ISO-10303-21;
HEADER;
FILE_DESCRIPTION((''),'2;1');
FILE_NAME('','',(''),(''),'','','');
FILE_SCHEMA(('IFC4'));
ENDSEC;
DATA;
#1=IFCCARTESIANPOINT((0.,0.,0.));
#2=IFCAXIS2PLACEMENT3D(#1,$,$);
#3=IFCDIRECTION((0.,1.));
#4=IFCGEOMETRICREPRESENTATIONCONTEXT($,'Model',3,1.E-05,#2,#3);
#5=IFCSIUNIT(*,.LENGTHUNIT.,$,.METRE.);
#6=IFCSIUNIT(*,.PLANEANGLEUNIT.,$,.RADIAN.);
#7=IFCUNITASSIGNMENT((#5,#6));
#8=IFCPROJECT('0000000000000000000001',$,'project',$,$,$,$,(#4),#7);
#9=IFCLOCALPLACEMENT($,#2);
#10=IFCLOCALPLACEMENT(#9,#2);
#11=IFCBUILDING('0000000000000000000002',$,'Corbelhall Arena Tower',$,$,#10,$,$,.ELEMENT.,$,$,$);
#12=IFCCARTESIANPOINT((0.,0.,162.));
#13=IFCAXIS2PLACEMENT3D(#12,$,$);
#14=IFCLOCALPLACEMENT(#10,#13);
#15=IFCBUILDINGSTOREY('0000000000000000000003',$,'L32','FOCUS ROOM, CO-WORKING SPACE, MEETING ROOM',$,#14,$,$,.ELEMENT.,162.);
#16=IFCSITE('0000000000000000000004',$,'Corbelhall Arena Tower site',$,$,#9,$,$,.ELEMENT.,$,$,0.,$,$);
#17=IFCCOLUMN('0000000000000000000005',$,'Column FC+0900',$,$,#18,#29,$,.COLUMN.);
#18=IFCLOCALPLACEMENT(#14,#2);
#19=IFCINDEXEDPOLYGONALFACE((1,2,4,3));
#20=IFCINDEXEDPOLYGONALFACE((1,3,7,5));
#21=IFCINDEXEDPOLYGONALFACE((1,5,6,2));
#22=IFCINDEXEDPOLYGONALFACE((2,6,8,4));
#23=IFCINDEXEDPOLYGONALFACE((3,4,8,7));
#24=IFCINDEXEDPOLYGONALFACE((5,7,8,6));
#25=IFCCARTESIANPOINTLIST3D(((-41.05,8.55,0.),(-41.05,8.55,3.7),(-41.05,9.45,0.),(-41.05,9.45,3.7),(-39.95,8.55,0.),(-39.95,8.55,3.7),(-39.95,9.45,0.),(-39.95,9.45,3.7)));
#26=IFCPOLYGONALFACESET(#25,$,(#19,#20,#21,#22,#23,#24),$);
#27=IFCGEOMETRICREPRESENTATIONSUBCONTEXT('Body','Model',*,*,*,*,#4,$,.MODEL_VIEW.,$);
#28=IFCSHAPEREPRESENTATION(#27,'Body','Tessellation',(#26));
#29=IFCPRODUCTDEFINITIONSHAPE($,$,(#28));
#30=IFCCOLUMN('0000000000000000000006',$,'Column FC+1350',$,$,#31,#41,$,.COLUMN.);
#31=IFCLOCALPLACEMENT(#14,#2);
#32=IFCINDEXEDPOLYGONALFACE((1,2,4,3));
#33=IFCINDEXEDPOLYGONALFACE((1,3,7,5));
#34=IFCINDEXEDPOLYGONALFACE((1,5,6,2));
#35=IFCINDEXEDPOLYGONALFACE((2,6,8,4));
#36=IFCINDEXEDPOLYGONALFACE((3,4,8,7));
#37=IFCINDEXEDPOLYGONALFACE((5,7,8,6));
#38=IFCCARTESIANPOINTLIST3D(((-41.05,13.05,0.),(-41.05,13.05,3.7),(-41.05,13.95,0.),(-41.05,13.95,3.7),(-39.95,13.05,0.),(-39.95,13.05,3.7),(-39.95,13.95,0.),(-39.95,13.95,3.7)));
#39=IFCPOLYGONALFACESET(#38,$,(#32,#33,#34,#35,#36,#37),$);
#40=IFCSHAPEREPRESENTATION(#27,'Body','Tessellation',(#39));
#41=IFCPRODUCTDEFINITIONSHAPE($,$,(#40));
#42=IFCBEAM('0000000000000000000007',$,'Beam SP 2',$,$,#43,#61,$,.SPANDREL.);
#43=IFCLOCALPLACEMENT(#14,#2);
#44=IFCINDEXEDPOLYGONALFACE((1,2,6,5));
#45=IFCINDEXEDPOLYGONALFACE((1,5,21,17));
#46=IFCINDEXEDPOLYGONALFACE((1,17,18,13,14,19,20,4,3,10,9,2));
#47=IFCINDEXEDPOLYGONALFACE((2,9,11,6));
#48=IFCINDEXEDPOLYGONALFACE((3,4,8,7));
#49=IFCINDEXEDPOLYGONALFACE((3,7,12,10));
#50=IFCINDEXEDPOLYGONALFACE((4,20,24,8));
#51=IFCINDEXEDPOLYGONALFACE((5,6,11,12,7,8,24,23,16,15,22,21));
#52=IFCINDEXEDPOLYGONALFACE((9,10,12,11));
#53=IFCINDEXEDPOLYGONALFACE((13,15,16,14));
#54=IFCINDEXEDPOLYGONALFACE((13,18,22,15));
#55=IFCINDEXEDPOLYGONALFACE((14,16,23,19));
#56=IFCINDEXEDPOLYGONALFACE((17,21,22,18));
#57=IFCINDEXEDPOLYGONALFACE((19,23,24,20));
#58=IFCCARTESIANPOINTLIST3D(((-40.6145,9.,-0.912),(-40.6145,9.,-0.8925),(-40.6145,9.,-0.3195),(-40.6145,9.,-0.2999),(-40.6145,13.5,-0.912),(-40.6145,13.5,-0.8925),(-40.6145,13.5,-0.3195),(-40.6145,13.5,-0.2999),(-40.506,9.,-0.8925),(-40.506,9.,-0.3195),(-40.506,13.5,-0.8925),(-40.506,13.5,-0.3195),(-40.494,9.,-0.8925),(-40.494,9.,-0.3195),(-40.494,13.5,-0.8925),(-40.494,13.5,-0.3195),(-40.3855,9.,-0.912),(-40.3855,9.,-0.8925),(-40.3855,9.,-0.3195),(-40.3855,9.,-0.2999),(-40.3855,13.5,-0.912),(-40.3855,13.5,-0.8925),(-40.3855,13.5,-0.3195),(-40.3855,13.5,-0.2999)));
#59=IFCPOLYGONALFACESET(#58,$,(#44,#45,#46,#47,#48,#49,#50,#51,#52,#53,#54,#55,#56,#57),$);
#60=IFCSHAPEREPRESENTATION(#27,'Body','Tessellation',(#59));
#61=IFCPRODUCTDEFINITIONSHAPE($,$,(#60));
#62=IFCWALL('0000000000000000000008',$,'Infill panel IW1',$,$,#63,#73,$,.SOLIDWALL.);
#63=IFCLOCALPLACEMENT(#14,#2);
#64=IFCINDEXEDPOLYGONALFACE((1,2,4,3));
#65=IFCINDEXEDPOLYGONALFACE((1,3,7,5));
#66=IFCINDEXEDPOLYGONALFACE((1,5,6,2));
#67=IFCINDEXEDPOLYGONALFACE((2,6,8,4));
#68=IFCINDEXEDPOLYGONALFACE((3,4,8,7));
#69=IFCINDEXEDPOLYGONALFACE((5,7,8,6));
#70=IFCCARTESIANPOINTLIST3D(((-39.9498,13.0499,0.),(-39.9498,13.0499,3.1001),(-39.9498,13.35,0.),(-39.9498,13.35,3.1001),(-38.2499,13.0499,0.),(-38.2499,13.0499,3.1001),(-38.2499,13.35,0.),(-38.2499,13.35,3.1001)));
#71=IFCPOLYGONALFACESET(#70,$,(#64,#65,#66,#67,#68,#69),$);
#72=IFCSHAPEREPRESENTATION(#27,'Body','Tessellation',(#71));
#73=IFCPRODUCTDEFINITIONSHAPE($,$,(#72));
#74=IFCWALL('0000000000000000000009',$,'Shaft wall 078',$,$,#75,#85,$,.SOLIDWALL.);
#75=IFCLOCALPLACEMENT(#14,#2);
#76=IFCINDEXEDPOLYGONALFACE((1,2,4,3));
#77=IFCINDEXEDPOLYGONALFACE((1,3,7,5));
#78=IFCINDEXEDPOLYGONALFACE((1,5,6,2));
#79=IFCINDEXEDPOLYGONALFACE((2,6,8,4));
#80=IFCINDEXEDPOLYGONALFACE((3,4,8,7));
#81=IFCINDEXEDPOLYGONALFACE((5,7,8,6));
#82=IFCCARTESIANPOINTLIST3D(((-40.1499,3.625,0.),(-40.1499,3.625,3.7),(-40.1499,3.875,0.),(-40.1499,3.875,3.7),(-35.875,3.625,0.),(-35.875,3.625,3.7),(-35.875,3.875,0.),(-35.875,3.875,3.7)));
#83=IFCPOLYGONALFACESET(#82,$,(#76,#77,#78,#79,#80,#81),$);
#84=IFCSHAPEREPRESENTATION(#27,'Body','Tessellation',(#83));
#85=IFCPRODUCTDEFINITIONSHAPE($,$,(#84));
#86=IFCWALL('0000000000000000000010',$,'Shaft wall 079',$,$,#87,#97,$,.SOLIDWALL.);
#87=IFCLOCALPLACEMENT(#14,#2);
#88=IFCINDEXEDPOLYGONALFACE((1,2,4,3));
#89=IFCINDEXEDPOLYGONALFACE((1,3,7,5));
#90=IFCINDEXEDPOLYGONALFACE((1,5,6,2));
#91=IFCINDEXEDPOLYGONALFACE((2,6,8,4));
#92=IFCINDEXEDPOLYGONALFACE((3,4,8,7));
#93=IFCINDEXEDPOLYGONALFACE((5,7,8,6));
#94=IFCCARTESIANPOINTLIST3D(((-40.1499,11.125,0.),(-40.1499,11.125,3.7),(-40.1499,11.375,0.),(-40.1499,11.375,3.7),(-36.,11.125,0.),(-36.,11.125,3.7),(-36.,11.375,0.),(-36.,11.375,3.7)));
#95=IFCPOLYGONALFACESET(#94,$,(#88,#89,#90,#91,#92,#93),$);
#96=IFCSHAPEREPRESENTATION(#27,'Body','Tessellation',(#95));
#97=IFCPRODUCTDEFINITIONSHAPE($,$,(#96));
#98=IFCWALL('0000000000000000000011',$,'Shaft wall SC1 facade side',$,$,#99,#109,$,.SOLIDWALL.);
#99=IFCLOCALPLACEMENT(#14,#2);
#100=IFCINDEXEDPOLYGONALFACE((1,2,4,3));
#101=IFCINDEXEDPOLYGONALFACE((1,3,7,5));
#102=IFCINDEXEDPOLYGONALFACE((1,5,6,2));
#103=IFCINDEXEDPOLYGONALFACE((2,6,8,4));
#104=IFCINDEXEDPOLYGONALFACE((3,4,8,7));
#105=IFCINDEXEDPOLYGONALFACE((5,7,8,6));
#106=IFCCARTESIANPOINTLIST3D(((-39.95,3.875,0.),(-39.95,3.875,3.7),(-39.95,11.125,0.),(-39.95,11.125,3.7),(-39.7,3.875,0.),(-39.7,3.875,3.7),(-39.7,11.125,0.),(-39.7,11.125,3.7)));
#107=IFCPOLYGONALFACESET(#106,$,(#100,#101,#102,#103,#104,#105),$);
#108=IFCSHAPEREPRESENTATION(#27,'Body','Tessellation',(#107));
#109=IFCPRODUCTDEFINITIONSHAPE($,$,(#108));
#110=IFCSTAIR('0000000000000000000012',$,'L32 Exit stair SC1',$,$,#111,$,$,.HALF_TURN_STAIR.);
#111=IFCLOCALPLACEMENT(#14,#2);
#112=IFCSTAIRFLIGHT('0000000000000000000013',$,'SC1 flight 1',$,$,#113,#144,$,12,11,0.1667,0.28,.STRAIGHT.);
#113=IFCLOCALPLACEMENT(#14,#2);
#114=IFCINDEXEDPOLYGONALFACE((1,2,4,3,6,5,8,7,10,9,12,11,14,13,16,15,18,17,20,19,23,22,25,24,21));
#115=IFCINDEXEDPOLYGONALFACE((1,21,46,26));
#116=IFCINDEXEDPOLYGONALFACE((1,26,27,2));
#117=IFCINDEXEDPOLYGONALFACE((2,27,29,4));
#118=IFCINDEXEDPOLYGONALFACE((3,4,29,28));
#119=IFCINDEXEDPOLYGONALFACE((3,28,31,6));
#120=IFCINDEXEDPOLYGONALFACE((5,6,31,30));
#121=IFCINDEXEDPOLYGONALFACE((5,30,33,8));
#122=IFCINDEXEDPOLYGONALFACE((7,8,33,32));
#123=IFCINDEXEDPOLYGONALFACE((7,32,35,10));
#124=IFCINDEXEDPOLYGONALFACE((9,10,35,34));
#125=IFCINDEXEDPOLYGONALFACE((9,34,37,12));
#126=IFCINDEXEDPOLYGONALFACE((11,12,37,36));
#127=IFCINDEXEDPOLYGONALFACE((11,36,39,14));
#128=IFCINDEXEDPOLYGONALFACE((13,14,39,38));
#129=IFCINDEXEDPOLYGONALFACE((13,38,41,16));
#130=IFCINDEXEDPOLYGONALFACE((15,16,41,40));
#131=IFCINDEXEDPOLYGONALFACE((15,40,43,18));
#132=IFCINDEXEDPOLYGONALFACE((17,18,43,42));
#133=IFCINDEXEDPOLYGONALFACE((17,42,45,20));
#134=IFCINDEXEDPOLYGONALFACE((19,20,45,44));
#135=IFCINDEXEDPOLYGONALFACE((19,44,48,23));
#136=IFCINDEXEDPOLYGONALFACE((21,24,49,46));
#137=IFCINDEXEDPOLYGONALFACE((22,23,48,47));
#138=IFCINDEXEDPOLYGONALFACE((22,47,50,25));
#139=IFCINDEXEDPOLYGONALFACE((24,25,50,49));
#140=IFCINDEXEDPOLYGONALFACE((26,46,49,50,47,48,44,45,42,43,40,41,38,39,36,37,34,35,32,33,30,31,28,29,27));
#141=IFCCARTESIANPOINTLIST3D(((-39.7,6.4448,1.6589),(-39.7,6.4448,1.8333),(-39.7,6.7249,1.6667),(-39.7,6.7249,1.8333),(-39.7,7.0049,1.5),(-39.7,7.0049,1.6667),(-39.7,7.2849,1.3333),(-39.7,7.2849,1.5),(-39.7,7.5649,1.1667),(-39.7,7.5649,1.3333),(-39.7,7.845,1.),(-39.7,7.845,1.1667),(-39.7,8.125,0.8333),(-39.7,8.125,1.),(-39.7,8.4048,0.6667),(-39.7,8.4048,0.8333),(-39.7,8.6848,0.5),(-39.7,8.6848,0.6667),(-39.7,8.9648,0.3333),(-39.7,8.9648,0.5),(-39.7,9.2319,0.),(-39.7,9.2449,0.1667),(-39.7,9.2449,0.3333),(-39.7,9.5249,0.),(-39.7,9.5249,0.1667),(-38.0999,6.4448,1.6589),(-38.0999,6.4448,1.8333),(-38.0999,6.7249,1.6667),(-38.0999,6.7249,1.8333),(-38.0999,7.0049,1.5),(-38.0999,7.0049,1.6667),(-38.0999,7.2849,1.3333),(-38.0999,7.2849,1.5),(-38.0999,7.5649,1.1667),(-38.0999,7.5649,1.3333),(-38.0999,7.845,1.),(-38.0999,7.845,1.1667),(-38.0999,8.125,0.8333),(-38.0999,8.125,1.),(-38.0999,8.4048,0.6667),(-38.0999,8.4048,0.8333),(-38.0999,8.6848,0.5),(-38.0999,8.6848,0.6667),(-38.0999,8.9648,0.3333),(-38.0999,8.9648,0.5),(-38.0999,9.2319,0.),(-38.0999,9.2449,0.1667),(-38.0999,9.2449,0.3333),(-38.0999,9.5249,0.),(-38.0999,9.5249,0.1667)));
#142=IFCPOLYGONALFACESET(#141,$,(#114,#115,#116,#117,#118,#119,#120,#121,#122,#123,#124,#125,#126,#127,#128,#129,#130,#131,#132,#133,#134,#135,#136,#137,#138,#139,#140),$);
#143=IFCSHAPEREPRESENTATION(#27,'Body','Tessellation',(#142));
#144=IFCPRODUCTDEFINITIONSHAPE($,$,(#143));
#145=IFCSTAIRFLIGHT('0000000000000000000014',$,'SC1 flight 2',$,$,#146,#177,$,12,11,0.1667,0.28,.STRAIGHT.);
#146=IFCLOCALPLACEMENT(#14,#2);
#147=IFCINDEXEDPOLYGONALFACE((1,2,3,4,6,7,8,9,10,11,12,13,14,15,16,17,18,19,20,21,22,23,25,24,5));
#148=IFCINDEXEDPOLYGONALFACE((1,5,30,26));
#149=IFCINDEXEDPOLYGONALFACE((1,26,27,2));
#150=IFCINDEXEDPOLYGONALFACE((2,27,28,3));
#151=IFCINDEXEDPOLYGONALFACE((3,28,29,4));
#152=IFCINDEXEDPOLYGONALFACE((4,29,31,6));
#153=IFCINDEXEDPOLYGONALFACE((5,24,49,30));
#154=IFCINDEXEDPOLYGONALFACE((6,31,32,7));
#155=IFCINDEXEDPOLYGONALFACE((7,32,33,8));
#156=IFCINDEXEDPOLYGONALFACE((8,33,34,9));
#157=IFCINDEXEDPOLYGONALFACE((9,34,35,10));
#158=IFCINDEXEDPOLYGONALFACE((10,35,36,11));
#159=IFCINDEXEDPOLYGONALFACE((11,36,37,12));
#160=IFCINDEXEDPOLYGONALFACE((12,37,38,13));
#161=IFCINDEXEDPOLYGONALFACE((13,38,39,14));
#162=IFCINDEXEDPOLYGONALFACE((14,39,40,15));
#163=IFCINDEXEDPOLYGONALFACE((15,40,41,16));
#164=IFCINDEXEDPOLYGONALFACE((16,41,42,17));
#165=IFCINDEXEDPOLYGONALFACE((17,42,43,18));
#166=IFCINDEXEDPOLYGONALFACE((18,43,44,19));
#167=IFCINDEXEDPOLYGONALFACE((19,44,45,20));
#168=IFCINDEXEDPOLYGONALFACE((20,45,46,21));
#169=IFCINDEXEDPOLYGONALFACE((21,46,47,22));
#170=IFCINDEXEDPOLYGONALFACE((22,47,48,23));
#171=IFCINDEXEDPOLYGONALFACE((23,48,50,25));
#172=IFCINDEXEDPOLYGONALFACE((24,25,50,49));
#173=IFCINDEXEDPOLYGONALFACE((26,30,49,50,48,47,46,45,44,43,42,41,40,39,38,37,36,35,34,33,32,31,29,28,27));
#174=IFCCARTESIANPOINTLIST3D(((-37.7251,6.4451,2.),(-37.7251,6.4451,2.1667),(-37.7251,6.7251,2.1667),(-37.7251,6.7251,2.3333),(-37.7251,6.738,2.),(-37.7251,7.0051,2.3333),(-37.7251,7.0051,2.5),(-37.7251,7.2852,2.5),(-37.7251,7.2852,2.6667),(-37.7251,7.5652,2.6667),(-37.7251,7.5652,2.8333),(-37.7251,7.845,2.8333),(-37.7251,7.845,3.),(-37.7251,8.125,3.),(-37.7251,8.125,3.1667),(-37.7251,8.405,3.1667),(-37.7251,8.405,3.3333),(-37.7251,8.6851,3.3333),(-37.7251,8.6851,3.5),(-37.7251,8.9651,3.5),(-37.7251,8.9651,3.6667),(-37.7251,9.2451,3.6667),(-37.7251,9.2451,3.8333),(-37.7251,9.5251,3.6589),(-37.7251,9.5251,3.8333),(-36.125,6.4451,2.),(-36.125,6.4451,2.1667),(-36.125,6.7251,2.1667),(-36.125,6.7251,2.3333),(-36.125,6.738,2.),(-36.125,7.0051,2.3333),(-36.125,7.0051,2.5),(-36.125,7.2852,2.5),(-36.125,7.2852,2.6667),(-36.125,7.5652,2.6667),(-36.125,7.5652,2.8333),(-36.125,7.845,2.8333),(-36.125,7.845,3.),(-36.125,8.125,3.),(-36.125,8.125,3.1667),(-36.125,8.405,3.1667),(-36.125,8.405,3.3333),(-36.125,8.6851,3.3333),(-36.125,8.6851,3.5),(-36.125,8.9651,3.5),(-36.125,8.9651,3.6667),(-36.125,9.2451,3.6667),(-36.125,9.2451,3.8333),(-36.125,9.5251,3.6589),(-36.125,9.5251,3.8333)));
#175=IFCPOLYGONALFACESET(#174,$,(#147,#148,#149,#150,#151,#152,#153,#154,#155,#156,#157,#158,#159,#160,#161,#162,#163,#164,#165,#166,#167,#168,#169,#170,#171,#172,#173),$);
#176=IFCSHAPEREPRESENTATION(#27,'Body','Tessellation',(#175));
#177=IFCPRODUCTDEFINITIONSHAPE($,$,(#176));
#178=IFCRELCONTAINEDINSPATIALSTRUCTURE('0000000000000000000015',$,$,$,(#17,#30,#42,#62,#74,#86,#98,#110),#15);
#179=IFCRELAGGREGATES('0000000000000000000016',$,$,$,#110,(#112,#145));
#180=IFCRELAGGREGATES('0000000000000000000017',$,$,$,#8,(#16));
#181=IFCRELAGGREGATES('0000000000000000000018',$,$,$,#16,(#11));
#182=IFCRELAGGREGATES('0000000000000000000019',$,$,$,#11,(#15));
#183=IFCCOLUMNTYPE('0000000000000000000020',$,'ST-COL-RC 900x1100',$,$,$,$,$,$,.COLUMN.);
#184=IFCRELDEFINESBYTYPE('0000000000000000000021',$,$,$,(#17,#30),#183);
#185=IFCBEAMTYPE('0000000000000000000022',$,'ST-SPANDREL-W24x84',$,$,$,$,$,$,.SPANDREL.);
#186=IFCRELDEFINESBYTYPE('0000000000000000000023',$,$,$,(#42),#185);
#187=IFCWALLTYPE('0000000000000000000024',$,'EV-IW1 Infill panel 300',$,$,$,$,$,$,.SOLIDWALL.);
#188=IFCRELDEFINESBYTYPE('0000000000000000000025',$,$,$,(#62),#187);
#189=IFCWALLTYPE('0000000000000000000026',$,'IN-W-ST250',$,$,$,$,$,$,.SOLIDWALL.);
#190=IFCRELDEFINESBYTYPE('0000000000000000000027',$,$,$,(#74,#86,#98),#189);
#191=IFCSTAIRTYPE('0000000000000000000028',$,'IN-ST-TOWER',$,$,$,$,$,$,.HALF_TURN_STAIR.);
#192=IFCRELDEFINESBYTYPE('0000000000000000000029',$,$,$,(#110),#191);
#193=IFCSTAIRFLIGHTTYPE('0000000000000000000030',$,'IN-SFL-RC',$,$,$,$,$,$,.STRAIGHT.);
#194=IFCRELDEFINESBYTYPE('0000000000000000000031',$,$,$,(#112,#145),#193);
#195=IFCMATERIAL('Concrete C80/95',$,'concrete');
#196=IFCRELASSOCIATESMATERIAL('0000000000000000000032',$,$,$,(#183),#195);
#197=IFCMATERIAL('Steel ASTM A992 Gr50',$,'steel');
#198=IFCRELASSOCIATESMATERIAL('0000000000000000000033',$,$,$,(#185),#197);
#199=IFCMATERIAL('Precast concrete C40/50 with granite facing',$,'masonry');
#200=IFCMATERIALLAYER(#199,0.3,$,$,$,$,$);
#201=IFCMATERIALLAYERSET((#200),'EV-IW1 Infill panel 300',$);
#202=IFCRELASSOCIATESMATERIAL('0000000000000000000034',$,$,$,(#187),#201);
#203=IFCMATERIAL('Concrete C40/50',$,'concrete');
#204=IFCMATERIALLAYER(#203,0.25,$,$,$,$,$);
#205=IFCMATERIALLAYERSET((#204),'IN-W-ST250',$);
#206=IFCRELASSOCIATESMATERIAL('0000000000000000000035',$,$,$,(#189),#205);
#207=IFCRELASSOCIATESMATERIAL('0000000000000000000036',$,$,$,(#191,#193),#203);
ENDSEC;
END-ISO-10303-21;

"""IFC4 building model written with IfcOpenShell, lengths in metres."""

from ifc_helpers import new_model, si_unit, direction, frame, frame_2d, origin, origin_2d, place, context, subcontext, project, spatial, polyline, rectangle, i_section, outline, extrude, material, layer, layer_set, material_profile, profile_set, type_object, element, aggregate, save


model = new_model("IFC4")

# Units and contexts
model_context = context("Model", 3, precision=1e-05, world=origin(), true_north=direction((0.0, 1.0)))
body_context = subcontext(model_context, "Body", "Model", "MODEL_VIEW")
ifc_project = project(units=[si_unit("LENGTHUNIT", "METRE"), si_unit("PLANEANGLEUNIT", "RADIAN")], contexts=[model_context])

# Site, building, storey
site_placement = place(None, origin())
site = spatial("IfcSite", under=ifc_project, at=site_placement, Name="Corbelhall Arena Tower site", CompositionType="ELEMENT", RefElevation=0.0)
building_placement = place(site_placement, origin())
building = spatial("IfcBuilding", under=site, at=building_placement, Name="Corbelhall Arena Tower", CompositionType="ELEMENT")
storey_placement = place(building_placement, frame((0.0, 0.0, 162.0)))
storey = spatial("IfcBuildingStorey", under=building, at=storey_placement, Name="L32", Description="FOCUS ROOM, CO-WORKING SPACE, MEETING ROOM", CompositionType="ELEMENT", Elevation=162.0)

# Columns
ifc_material_1 = material(Name="Concrete C80/95", Category="concrete")
ifc_material_profile_1 = material_profile(ifc_material_1, rectangle(XDim=0.8999, YDim=1.1001, at=origin_2d()))
ifc_profile_set_1 = profile_set([ifc_material_profile_1], Name="Concrete C80/95")
column_type = type_object("IfcColumnType", Name="ST-COL-RC 900x1100", PredefinedType="COLUMN", material=ifc_profile_set_1)
for number, where, z_axis, x_axis, name in (
    (1, (-40.5, 9.0, 0.0), (0.0, 0.0, 1.0), (0.0, 1.0, 0.0), "Column FC+0900"),
    (2, (-40.5, 13.5, 0.0), (0.0, 0.0, 1.0), (0.0, 1.0, 0.0), "Column FC+1350"),
):
    element("IfcColumn", number, at=place(storey_placement, frame(where, z_axis=z_axis, x_axis=x_axis)), inside=storey, type_object=column_type, Name=name, PredefinedType="COLUMN", context=body_context, shape_type="SweptSolid", body=[
        extrude(rectangle(XDim=0.8999, YDim=1.1001, at=origin_2d()), origin(), (0.0, 0.0, 1.0), 3.7),
    ])

# Beam
ifc_material_2 = material(Name="Steel ASTM A992 Gr50", Category="steel")
ifc_material_profile_2 = material_profile(ifc_material_2, i_section(OverallWidth=0.229, OverallDepth=0.6121, WebThickness=0.012, FlangeThickness=0.0195, at=origin_2d()))
ifc_profile_set_2 = profile_set([ifc_material_profile_2], Name="Steel ASTM A992 Gr50")
beam_type = type_object("IfcBeamType", Name="ST-SPANDREL-W24x84", PredefinedType="SPANDREL", material=ifc_profile_set_2)
beam_placement = place(storey_placement, frame((-40.5, 9.0, -0.606), z_axis=(0.0, 1.0, 0.0), x_axis=(-1.0, 0.0, 0.0)))
element("IfcBeam", 3, at=beam_placement, inside=storey, type_object=beam_type, Name="Beam SP 2", PredefinedType="SPANDREL", context=body_context, shape_type="SweptSolid", body=[
    extrude(i_section(OverallWidth=0.229, OverallDepth=0.6121, WebThickness=0.012, FlangeThickness=0.0195, at=origin_2d()), origin(), (0.0, 0.0, 1.0), 4.5),
])

# Wall
ifc_material_3 = material(Name="Precast concrete C40/50 with granite facing", Category="masonry")
ifc_layer_1 = layer(ifc_material_3, 0.3)
ifc_layer_set_1 = layer_set([ifc_layer_1], Name="EV-IW1 Infill panel 300")
wall_type_1 = type_object("IfcWallType", Name="EV-IW1 Infill panel 300", PredefinedType="SOLIDWALL", material=ifc_layer_set_1)
wall_1_placement = place(storey_placement, frame((-39.95, 13.2, 0.0), z_axis=(0.0, 0.0, 1.0), x_axis=(1.0, 0.0, 0.0)))
element("IfcWall", 4, at=wall_1_placement, inside=storey, type_object=wall_type_1, Name="Infill panel IW1", PredefinedType="SOLIDWALL", context=body_context, shape_type="SweptSolid", body=[
    extrude(rectangle(XDim=1.7, YDim=0.3, at=frame_2d((0.8501, 0.0))), origin(), (0.0, 0.0, 1.0), 3.1001),
])

# Walls
ifc_material_4 = material(Name="Concrete C40/50", Category="concrete")
ifc_layer_2 = layer(ifc_material_4, 0.25)
ifc_layer_set_2 = layer_set([ifc_layer_2], Name="IN-W-ST250")
wall_type_2 = type_object("IfcWallType", Name="IN-W-ST250", PredefinedType="SOLIDWALL", material=ifc_layer_set_2)
wall_2_placement = place(storey_placement, frame((-40.1499, 3.75, 0.0), z_axis=(0.0, 0.0, 1.0), x_axis=(1.0, 0.0, 0.0)))
element("IfcWall", 5, at=wall_2_placement, inside=storey, type_object=wall_type_2, Name="Shaft wall 078", PredefinedType="SOLIDWALL", context=body_context, shape_type="SweptSolid", body=[
    extrude(rectangle(XDim=4.2749, YDim=0.25, at=frame_2d((2.1375, 0.0))), origin(), (0.0, 0.0, 1.0), 3.7),
])
wall_3_placement = place(storey_placement, frame((-40.1499, 11.25, 0.0), z_axis=(0.0, 0.0, 1.0), x_axis=(1.0, 0.0, 0.0)))
element("IfcWall", 6, at=wall_3_placement, inside=storey, type_object=wall_type_2, Name="Shaft wall 079", PredefinedType="SOLIDWALL", context=body_context, shape_type="SweptSolid", body=[
    extrude(rectangle(XDim=4.1499, YDim=0.25, at=frame_2d((2.075, 0.0))), origin(), (0.0, 0.0, 1.0), 3.7),
])
wall_4_placement = place(storey_placement, frame((-39.825, 3.875, 0.0), z_axis=(0.0, 0.0, 1.0), x_axis=(0.0, 1.0, 0.0)))
element("IfcWall", 7, at=wall_4_placement, inside=storey, type_object=wall_type_2, Name="Shaft wall SC1 facade side", PredefinedType="SOLIDWALL", context=body_context, shape_type="SweptSolid", body=[
    extrude(rectangle(XDim=7.25, YDim=0.25, at=frame_2d((3.625, 0.0))), origin(), (0.0, 0.0, 1.0), 3.7),
])

# Stair, stair flights
stair_type = type_object("IfcStairType", Name="IN-ST-TOWER", PredefinedType="HALF_TURN_STAIR", material=ifc_material_4)
stair_placement = place(storey_placement, origin())
stair = element("IfcStair", 8, at=stair_placement, inside=storey, type_object=stair_type, Name="L32 Exit stair SC1", PredefinedType="HALF_TURN_STAIR")
stair_flight_type = type_object("IfcStairFlightType", Name="IN-SFL-RC", PredefinedType="STRAIGHT", material=ifc_material_4)
stair_flight_1_placement = place(storey_placement, frame((-38.8999, 9.5249, 0.0), z_axis=(0.0, 0.0, 1.0), x_axis=(0.0, -1.0, 0.0)))
stair_flight_1 = element("IfcStairFlight", 9, at=stair_flight_1_placement, type_object=stair_flight_type, Name="SC1 flight 1", NumberOfRisers=12, NumberOfTreads=11, PredefinedType="STRAIGHT", RiserHeight=0.1667, TreadLength=0.28, context=body_context, shape_type="SweptSolid", body=[
    extrude(outline(polyline([(0.0, 0.0), (0.0, 0.1667), (0.28, 0.1667), (0.28, 0.3333), (0.5601, 0.3333), (0.5601, 0.5), (0.8401, 0.5), (0.8401, 0.6667), (1.1201, 0.6667), (1.1201, 0.8333), (1.3999, 0.8333), (1.3999, 1.0), (1.6799, 1.0), (1.6799, 1.1667), (1.96, 1.1667), (1.96, 1.3333), (2.24, 1.3333), (2.24, 1.5), (2.52, 1.5), (2.52, 1.6667), (2.8, 1.6667), (2.8, 1.8333), (3.0801, 1.8333), (3.0801, 2.0), (3.0801, 1.6589), (0.293, 0.0), (0.0, 0.0)])), frame((0.0, 0.8, 0.0), z_axis=(0.0, -1.0, 0.0), x_axis=(1.0, 0.0, 0.0)), (0.0, 0.0, 1.0), 1.6001),
])
stair_flight_2_placement = place(storey_placement, frame((-36.925, 6.4451, 2.0), z_axis=(0.0, 0.0, 1.0), x_axis=(0.0, 1.0, 0.0)))
stair_flight_2 = element("IfcStairFlight", 10, at=stair_flight_2_placement, type_object=stair_flight_type, Name="SC1 flight 2", NumberOfRisers=12, NumberOfTreads=11, PredefinedType="STRAIGHT", RiserHeight=0.1667, TreadLength=0.28, context=body_context, shape_type="SweptSolid", body=[
    extrude(outline(polyline([(0.0, 0.0), (0.0, 0.1667), (0.28, 0.1667), (0.28, 0.3333), (0.5601, 0.3333), (0.5601, 0.5), (0.8401, 0.5), (0.8401, 0.6667), (1.1201, 0.6667), (1.1201, 0.8333), (1.3999, 0.8333), (1.3999, 1.0), (1.6799, 1.0), (1.6799, 1.1667), (1.96, 1.1667), (1.96, 1.3333), (2.24, 1.3333), (2.24, 1.5), (2.52, 1.5), (2.52, 1.6667), (2.8, 1.6667), (2.8, 1.8333), (3.0801, 1.8333), (3.0801, 2.0), (3.0801, 1.6589), (0.293, 0.0), (0.0, 0.0)])), frame((0.0, 0.8, 0.0), z_axis=(0.0, -1.0, 0.0), x_axis=(1.0, 0.0, 0.0)), (0.0, 0.0, 1.0), 1.6001),
])
aggregate(stair, [stair_flight_1, stair_flight_2])

save(model, "model.ifc")
